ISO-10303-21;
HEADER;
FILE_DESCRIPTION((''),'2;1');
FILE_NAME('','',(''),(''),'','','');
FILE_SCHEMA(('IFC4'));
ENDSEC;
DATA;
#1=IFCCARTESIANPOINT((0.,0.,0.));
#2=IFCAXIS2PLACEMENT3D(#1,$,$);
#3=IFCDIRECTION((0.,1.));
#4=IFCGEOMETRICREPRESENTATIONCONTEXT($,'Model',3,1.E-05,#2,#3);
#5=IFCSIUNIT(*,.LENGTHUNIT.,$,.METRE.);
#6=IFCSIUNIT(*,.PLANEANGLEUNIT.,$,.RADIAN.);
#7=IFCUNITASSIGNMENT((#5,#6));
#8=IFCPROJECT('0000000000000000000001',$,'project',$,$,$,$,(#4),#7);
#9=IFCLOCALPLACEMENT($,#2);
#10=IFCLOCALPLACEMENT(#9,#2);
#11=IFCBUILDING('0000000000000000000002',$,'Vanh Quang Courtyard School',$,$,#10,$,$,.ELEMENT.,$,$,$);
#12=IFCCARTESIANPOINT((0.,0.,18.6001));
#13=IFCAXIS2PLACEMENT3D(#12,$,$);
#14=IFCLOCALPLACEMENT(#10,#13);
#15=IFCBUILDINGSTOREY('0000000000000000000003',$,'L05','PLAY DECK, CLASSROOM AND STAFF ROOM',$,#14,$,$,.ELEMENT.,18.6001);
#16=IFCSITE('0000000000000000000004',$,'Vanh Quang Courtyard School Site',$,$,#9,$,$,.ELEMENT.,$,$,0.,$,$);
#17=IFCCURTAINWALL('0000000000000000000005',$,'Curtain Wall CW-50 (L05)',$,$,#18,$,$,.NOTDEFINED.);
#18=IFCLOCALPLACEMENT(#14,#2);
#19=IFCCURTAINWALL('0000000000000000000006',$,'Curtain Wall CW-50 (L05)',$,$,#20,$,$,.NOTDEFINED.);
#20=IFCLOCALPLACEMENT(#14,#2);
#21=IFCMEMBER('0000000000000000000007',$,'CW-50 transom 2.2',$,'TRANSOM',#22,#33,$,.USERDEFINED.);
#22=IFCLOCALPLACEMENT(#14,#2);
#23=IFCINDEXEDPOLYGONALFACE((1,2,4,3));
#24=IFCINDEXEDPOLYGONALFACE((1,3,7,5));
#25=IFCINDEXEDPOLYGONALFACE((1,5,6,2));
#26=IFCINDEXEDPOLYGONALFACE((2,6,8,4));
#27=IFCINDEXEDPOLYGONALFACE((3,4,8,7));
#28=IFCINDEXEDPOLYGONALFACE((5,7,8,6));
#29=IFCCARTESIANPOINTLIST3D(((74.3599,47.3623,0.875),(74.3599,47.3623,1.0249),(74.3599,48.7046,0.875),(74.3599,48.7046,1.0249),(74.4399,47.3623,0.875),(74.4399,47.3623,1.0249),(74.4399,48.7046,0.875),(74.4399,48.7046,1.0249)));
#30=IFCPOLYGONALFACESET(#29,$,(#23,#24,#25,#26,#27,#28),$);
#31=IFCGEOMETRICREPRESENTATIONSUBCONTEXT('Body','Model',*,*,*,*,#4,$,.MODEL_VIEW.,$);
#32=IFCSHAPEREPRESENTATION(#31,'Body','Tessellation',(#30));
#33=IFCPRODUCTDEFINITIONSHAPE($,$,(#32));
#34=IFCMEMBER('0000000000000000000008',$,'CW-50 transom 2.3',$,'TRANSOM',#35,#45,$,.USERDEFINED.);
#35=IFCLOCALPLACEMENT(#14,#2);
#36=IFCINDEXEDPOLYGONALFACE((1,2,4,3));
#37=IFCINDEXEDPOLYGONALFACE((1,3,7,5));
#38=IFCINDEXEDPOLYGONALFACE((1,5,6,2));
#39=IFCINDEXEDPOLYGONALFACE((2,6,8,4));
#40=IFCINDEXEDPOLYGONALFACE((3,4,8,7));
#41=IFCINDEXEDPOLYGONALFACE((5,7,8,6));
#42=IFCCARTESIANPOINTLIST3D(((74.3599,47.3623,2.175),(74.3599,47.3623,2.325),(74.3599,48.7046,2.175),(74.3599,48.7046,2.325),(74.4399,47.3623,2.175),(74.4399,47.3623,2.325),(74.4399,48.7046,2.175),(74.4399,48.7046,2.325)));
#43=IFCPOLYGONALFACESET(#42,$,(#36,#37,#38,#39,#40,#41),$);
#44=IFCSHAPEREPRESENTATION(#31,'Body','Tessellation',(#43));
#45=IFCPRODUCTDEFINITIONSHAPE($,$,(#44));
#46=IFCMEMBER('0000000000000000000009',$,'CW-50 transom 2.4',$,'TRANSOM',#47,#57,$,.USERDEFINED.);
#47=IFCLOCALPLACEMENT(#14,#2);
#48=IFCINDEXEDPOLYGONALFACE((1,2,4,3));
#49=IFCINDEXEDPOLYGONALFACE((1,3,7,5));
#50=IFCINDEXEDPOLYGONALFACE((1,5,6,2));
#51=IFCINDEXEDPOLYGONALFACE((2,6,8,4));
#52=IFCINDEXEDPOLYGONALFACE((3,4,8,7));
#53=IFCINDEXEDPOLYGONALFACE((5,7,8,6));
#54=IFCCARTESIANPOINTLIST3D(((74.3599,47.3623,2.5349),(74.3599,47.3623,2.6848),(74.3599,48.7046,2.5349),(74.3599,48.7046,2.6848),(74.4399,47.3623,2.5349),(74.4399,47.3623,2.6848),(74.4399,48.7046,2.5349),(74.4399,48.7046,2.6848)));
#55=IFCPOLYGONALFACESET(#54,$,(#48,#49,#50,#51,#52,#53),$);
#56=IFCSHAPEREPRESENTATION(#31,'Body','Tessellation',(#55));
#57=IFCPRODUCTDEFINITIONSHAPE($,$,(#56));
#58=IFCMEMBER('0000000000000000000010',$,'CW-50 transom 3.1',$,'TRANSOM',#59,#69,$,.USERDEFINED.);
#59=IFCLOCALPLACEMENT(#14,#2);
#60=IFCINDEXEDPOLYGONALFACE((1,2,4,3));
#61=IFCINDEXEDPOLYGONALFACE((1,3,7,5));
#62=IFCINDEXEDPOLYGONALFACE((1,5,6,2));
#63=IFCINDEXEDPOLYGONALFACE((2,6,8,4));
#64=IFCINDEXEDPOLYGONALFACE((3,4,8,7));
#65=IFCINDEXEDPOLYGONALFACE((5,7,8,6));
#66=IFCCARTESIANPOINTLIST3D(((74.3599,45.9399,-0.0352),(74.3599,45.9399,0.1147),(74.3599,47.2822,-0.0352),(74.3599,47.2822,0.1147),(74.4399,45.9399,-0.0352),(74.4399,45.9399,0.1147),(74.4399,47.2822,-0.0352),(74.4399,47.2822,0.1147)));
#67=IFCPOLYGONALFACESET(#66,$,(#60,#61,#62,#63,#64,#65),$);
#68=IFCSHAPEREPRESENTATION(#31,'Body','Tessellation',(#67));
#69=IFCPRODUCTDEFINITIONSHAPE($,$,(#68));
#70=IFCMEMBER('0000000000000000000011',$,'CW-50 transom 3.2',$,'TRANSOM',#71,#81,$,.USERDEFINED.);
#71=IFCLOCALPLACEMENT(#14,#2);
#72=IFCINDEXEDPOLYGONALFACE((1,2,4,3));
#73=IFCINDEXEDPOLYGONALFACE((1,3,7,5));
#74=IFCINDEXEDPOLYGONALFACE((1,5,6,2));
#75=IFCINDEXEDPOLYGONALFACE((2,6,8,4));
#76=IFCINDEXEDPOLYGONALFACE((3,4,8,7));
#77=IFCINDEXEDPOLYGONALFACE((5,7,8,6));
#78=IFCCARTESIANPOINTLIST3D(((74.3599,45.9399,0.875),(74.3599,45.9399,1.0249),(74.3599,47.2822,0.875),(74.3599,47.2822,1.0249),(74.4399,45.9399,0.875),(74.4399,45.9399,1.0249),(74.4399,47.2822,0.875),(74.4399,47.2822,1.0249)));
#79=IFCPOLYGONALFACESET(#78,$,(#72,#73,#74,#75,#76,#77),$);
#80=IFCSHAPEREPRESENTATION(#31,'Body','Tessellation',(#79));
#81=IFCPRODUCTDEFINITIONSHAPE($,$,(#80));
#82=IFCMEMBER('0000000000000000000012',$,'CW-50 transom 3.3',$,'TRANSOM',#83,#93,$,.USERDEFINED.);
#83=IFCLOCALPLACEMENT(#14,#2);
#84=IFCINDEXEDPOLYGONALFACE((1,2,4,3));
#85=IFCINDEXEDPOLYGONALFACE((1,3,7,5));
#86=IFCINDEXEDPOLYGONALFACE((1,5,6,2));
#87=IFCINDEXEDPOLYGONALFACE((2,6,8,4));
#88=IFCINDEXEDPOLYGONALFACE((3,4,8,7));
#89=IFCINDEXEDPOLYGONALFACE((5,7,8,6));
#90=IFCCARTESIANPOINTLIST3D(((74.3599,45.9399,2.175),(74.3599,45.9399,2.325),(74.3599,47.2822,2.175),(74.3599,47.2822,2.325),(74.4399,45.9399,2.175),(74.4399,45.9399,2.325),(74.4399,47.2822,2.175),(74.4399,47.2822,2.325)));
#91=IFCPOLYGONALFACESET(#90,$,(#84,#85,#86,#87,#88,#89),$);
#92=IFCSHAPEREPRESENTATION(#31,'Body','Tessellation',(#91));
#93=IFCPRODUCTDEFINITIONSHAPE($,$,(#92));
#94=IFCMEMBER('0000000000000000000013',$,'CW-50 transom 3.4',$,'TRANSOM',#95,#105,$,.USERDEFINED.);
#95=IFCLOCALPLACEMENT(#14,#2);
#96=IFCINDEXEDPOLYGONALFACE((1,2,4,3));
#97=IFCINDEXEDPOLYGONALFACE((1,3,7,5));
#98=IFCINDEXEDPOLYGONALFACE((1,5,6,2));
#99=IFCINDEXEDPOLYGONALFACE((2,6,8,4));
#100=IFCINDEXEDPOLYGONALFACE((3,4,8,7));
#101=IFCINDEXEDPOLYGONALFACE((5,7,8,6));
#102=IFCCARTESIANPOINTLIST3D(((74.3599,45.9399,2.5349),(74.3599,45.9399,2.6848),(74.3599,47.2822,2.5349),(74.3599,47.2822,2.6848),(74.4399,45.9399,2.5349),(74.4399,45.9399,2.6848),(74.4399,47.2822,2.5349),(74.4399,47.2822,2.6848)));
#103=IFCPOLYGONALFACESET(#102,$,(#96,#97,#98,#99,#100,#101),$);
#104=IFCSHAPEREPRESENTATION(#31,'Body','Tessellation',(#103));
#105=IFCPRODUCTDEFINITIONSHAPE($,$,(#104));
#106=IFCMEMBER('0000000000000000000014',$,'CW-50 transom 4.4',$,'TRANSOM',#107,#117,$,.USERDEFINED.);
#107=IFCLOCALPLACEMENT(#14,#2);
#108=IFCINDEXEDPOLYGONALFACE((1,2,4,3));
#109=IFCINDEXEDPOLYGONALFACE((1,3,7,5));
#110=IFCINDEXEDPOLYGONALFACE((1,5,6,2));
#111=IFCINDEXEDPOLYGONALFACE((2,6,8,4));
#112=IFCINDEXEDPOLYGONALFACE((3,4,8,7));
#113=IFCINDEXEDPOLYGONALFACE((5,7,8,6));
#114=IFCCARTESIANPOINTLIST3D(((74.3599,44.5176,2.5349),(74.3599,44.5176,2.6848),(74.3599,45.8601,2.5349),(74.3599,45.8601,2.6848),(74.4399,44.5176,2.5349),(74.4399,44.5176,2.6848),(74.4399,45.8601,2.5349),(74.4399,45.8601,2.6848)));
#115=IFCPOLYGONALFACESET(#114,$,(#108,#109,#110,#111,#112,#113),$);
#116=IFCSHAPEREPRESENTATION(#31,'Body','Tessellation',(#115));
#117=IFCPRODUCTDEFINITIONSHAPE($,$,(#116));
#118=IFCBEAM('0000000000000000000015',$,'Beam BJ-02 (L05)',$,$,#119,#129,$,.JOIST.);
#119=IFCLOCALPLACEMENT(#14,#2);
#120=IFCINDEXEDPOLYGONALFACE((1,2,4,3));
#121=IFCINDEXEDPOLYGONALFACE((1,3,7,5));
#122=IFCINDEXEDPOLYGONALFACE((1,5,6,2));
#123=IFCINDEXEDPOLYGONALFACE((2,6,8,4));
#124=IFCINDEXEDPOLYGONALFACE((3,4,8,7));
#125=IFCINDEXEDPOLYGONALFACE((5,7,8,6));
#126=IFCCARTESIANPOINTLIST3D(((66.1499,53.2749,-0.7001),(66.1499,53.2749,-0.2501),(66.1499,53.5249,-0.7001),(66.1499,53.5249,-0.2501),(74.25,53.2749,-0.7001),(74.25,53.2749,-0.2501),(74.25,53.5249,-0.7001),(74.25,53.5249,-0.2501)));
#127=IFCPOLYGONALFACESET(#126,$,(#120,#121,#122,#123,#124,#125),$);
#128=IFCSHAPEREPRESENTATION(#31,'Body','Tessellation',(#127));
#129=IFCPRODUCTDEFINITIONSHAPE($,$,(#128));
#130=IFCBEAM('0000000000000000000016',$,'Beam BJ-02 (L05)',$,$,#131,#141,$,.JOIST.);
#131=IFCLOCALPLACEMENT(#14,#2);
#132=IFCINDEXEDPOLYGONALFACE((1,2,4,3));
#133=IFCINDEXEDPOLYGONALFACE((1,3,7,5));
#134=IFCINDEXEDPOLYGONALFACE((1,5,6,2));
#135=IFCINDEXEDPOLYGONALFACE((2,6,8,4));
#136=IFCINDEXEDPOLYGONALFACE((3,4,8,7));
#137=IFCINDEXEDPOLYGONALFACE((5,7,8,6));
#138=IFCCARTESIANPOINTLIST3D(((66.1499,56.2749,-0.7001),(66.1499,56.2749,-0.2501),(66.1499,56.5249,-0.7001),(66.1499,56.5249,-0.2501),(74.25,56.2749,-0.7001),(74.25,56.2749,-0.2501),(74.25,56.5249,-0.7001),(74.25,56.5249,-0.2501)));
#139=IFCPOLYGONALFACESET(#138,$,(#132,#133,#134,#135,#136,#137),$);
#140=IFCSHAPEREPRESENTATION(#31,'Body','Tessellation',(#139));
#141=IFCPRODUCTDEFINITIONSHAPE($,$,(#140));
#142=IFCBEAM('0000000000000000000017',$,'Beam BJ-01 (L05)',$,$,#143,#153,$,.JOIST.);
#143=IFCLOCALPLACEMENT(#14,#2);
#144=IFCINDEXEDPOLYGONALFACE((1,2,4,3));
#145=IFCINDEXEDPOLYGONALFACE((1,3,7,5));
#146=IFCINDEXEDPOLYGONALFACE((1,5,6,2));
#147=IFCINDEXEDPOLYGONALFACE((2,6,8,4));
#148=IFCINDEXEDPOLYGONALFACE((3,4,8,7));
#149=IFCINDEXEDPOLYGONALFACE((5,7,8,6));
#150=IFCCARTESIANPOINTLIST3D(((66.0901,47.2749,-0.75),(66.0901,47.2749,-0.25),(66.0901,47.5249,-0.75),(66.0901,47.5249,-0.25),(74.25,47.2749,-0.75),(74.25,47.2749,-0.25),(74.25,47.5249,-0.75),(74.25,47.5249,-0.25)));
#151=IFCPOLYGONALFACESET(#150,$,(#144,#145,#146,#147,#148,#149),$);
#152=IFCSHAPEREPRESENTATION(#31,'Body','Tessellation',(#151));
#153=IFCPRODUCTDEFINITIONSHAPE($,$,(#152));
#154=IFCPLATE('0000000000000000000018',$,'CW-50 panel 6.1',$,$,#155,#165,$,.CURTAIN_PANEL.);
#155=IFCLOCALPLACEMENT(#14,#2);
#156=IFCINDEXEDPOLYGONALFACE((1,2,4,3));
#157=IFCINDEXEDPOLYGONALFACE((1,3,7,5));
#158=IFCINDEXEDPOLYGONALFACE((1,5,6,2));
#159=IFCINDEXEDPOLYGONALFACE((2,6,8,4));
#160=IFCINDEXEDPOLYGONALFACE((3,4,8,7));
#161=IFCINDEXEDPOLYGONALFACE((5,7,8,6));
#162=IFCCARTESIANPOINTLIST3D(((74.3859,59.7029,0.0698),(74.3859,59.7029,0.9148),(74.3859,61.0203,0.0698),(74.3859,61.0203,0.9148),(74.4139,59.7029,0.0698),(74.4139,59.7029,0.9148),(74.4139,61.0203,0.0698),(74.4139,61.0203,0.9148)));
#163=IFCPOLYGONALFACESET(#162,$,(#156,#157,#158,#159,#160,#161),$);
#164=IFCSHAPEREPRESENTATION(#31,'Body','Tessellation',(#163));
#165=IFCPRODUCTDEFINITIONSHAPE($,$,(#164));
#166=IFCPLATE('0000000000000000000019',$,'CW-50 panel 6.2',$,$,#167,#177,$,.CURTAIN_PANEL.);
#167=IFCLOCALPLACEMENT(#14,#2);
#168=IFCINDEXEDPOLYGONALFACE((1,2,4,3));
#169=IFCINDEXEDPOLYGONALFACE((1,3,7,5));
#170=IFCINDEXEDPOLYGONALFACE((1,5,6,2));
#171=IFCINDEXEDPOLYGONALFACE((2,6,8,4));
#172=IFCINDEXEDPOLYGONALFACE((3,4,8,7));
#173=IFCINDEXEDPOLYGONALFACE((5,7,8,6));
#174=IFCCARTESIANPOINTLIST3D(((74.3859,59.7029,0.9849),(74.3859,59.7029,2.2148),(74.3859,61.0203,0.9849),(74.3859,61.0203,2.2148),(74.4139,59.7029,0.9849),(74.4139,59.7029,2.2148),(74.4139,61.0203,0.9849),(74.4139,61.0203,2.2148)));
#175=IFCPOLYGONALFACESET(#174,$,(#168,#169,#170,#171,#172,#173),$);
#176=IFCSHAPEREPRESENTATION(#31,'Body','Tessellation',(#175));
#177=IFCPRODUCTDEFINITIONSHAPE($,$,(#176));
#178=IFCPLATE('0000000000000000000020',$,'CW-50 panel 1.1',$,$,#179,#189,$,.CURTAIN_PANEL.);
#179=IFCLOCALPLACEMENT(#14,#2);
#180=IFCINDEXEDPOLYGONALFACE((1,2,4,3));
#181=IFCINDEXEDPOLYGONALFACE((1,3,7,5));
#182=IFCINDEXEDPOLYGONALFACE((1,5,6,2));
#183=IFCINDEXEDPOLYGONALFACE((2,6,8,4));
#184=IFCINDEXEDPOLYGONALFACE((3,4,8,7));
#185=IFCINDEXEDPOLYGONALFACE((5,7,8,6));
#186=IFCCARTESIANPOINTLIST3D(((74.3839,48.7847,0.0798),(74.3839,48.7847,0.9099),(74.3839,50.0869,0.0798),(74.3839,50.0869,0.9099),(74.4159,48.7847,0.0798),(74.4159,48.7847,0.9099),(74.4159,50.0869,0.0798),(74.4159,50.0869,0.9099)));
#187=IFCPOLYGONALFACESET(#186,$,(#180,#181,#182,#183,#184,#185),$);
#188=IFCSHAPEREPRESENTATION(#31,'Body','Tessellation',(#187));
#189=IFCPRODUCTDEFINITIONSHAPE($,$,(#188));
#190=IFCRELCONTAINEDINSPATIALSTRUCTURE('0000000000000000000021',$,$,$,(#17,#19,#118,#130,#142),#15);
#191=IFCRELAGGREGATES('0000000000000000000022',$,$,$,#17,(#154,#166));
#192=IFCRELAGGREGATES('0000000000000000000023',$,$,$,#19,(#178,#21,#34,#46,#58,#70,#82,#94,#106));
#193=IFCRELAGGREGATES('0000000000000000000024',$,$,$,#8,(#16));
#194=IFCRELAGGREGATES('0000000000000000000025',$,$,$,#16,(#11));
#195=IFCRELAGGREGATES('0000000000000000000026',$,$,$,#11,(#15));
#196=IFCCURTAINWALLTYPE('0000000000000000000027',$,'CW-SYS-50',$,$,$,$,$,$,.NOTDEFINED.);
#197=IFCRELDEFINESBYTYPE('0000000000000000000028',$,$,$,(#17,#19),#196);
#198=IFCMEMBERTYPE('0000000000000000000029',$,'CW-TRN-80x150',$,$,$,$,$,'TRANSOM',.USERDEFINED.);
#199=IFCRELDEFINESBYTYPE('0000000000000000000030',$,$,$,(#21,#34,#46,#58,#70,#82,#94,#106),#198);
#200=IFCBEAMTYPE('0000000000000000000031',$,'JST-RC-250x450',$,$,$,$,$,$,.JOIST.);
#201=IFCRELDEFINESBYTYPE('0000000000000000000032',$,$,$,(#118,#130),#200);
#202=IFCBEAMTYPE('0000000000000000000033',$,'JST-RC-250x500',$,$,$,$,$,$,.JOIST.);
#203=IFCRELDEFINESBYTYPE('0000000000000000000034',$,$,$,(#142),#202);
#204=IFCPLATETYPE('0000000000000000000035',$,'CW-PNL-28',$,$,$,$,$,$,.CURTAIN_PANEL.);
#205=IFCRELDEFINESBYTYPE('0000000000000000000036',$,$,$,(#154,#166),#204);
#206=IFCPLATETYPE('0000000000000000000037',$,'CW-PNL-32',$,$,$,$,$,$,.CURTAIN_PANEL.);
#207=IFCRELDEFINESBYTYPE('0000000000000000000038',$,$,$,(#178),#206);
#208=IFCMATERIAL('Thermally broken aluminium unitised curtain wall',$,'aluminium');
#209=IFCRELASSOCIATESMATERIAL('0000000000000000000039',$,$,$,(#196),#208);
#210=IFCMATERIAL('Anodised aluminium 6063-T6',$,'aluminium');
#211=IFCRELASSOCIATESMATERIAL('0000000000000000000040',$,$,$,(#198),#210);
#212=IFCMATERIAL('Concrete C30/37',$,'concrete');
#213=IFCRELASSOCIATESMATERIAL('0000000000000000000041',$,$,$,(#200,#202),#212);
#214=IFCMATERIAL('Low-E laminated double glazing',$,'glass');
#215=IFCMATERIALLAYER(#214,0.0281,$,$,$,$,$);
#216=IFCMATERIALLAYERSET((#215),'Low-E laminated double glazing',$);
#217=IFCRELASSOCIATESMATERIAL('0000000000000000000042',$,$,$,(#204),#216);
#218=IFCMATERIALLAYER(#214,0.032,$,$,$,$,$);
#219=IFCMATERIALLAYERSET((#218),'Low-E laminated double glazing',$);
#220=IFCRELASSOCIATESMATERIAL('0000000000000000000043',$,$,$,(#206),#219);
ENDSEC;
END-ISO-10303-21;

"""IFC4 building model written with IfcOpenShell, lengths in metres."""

from ifc_helpers import new_model, si_unit, direction, frame, origin, origin_2d, place, context, subcontext, project, spatial, rectangle, extrude, material, layer, layer_set, material_profile, profile_set, type_object, element, aggregate, save


model = new_model("IFC4")

# Units and contexts
model_context = context("Model", 3, precision=1e-05, world=origin(), true_north=direction((0.0, 1.0)))
body_context = subcontext(model_context, "Body", "Model", "MODEL_VIEW")
ifc_project = project(units=[si_unit("LENGTHUNIT", "METRE"), si_unit("PLANEANGLEUNIT", "RADIAN")], contexts=[model_context])

# Site, building, storey
site_placement = place(None, origin())
site = spatial("IfcSite", under=ifc_project, at=site_placement, Name="Vanh Quang Courtyard School Site", CompositionType="ELEMENT", RefElevation=0.0)
building_placement = place(site_placement, origin())
building = spatial("IfcBuilding", under=site, at=building_placement, Name="Vanh Quang Courtyard School", CompositionType="ELEMENT")
storey_placement = place(building_placement, frame((0.0, 0.0, 18.6001)))
storey = spatial("IfcBuildingStorey", under=building, at=storey_placement, Name="L05", Description="PLAY DECK, CLASSROOM AND STAFF ROOM", CompositionType="ELEMENT", Elevation=18.6001)

# Curtain wall
ifc_material_1 = material(Name="Thermally broken aluminium unitised curtain wall", Category="aluminium")
curtain_wall_type = type_object("IfcCurtainWallType", Name="CW-SYS-50", PredefinedType="NOTDEFINED", material=ifc_material_1)
curtain_wall_1_placement = place(storey_placement, origin())
curtain_wall_1 = element("IfcCurtainWall", 1, at=curtain_wall_1_placement, inside=storey, type_object=curtain_wall_type, Name="Curtain Wall CW-50 (L05)", PredefinedType="NOTDEFINED")
ifc_material_2 = material(Name="Anodised aluminium 6063-T6", Category="aluminium")

# Curtain wall, members
curtain_wall_2_placement = place(storey_placement, origin())
curtain_wall_2 = element("IfcCurtainWall", 2, at=curtain_wall_2_placement, inside=storey, type_object=curtain_wall_type, Name="Curtain Wall CW-50 (L05)", PredefinedType="NOTDEFINED")
ifc_material_profile_1 = material_profile(ifc_material_2, rectangle(XDim=0.0801, YDim=0.1499, at=origin_2d()), Name="ALU-TRN 80x150")
ifc_profile_set_1 = profile_set([ifc_material_profile_1], Name="Anodised aluminium 6063-T6")
member_type_1 = type_object("IfcMemberType", Name="CW-TRN-80x150", ElementType="TRANSOM", PredefinedType="USERDEFINED", material=ifc_profile_set_1)
member_1_placement = place(storey_placement, frame((74.3999, 48.7046, 0.95), z_axis=(0.0, -1.0, 0.0), x_axis=(1.0, 0.0, 0.0)))
member_1 = element("IfcMember", 3, at=member_1_placement, type_object=member_type_1, Name="CW-50 transom 2.2", ObjectType="TRANSOM", PredefinedType="USERDEFINED", context=body_context, shape_type="SweptSolid", body=[
    extrude(rectangle(XDim=0.0801, YDim=0.1499, at=origin_2d()), origin(), (0.0, 0.0, 1.0), 1.3423),
])
member_2_placement = place(storey_placement, frame((74.3999, 48.7046, 2.25), z_axis=(0.0, -1.0, 0.0), x_axis=(1.0, 0.0, 0.0)))
member_2 = element("IfcMember", 4, at=member_2_placement, type_object=member_type_1, Name="CW-50 transom 2.3", ObjectType="TRANSOM", PredefinedType="USERDEFINED", context=body_context, shape_type="SweptSolid", body=[
    extrude(rectangle(XDim=0.0801, YDim=0.1499, at=origin_2d()), origin(), (0.0, 0.0, 1.0), 1.3423),
])
member_3_placement = place(storey_placement, frame((74.3999, 48.7046, 2.6099), z_axis=(0.0, -1.0, 0.0), x_axis=(1.0, 0.0, 0.0)))
member_3 = element("IfcMember", 5, at=member_3_placement, type_object=member_type_1, Name="CW-50 transom 2.4", ObjectType="TRANSOM", PredefinedType="USERDEFINED", context=body_context, shape_type="SweptSolid", body=[
    extrude(rectangle(XDim=0.0801, YDim=0.1499, at=origin_2d()), origin(), (0.0, 0.0, 1.0), 1.3423),
])
member_4_placement = place(storey_placement, frame((74.3999, 47.2822, 0.0398), z_axis=(0.0, -1.0, 0.0), x_axis=(1.0, 0.0, 0.0)))
member_4 = element("IfcMember", 6, at=member_4_placement, type_object=member_type_1, Name="CW-50 transom 3.1", ObjectType="TRANSOM", PredefinedType="USERDEFINED", context=body_context, shape_type="SweptSolid", body=[
    extrude(rectangle(XDim=0.0801, YDim=0.1499, at=origin_2d()), origin(), (0.0, 0.0, 1.0), 1.3423),
])
member_5_placement = place(storey_placement, frame((74.3999, 47.2822, 0.95), z_axis=(0.0, -1.0, 0.0), x_axis=(1.0, 0.0, 0.0)))
member_5 = element("IfcMember", 7, at=member_5_placement, type_object=member_type_1, Name="CW-50 transom 3.2", ObjectType="TRANSOM", PredefinedType="USERDEFINED", context=body_context, shape_type="SweptSolid", body=[
    extrude(rectangle(XDim=0.0801, YDim=0.1499, at=origin_2d()), origin(), (0.0, 0.0, 1.0), 1.3423),
])
member_6_placement = place(storey_placement, frame((74.3999, 47.2822, 2.25), z_axis=(0.0, -1.0, 0.0), x_axis=(1.0, 0.0, 0.0)))
member_6 = element("IfcMember", 8, at=member_6_placement, type_object=member_type_1, Name="CW-50 transom 3.3", ObjectType="TRANSOM", PredefinedType="USERDEFINED", context=body_context, shape_type="SweptSolid", body=[
    extrude(rectangle(XDim=0.0801, YDim=0.1499, at=origin_2d()), origin(), (0.0, 0.0, 1.0), 1.3423),
])
member_7_placement = place(storey_placement, frame((74.3999, 47.2822, 2.6099), z_axis=(0.0, -1.0, 0.0), x_axis=(1.0, 0.0, 0.0)))
member_7 = element("IfcMember", 9, at=member_7_placement, type_object=member_type_1, Name="CW-50 transom 3.4", ObjectType="TRANSOM", PredefinedType="USERDEFINED", context=body_context, shape_type="SweptSolid", body=[
    extrude(rectangle(XDim=0.0801, YDim=0.1499, at=origin_2d()), origin(), (0.0, 0.0, 1.0), 1.3423),
])
member_8_placement = place(storey_placement, frame((74.3999, 45.8601, 2.6099), z_axis=(0.0, -1.0, 0.0), x_axis=(1.0, 0.0, 0.0)))
member_8 = element("IfcMember", 10, at=member_8_placement, type_object=member_type_1, Name="CW-50 transom 4.4", ObjectType="TRANSOM", PredefinedType="USERDEFINED", context=body_context, shape_type="SweptSolid", body=[
    extrude(rectangle(XDim=0.0801, YDim=0.1499, at=origin_2d()), origin(), (0.0, 0.0, 1.0), 1.3425),
])

# Beams
ifc_material_3 = material(Name="Concrete C30/37", Category="concrete")
ifc_material_profile_2 = material_profile(ifc_material_3, rectangle(XDim=0.25, YDim=0.45, at=origin_2d()), Name="RC-JST 250x450")
ifc_profile_set_2 = profile_set([ifc_material_profile_2], Name="Concrete C30/37")
beam_type_1 = type_object("IfcBeamType", Name="JST-RC-250x450", PredefinedType="JOIST", material=ifc_profile_set_2)
for number, where, z_axis, x_axis, name in (
    (11, (66.1499, 53.3999, -0.4751), (1.0, 0.0, 0.0), (0.0, 1.0, 0.0), "Beam BJ-02 (L05)"),
    (12, (66.1499, 56.3999, -0.4751), (1.0, 0.0, 0.0), (0.0, 1.0, 0.0), "Beam BJ-02 (L05)"),
):
    element("IfcBeam", number, at=place(storey_placement, frame(where, z_axis=z_axis, x_axis=x_axis)), inside=storey, type_object=beam_type_1, Name=name, PredefinedType="JOIST", context=body_context, shape_type="SweptSolid", body=[
        extrude(rectangle(XDim=0.25, YDim=0.45, at=origin_2d()), origin(), (0.0, 0.0, 1.0), 8.1001),
    ])
ifc_material_profile_3 = material_profile(ifc_material_3, rectangle(XDim=0.25, YDim=0.5, at=origin_2d()), Name="RC-JST 250x500")
ifc_profile_set_3 = profile_set([ifc_material_profile_3], Name="Concrete C30/37")
beam_type_2 = type_object("IfcBeamType", Name="JST-RC-250x500", PredefinedType="JOIST", material=ifc_profile_set_3)
beam_placement = place(storey_placement, frame((66.0901, 47.3999, -0.5), z_axis=(1.0, 0.0, 0.0), x_axis=(0.0, 1.0, 0.0)))
element("IfcBeam", 13, at=beam_placement, inside=storey, type_object=beam_type_2, Name="Beam BJ-01 (L05)", PredefinedType="JOIST", context=body_context, shape_type="SweptSolid", body=[
    extrude(rectangle(XDim=0.25, YDim=0.5, at=origin_2d()), origin(), (0.0, 0.0, 1.0), 8.1599),
])

# Plates
ifc_material_4 = material(Name="Low-E laminated double glazing", Category="glass")
ifc_layer_1 = layer(ifc_material_4, 0.0281)
ifc_layer_set_1 = layer_set([ifc_layer_1], Name="Low-E laminated double glazing")
plate_type_1 = type_object("IfcPlateType", Name="CW-PNL-28", PredefinedType="CURTAIN_PANEL", material=ifc_layer_set_1)
plate_1_placement = place(storey_placement, frame((74.3999, 60.3616, 0.0698), z_axis=(0.0, 0.0, 1.0), x_axis=(0.0, -1.0, 0.0)))
plate_1 = element("IfcPlate", 14, at=plate_1_placement, type_object=plate_type_1, Name="CW-50 panel 6.1", PredefinedType="CURTAIN_PANEL", context=body_context, shape_type="SweptSolid", body=[
    extrude(rectangle(XDim=1.3174, YDim=0.0281, at=origin_2d()), origin(), (0.0, 0.0, 1.0), 0.845),
])
plate_2_placement = place(storey_placement, frame((74.3999, 60.3616, 0.9849), z_axis=(0.0, 0.0, 1.0), x_axis=(0.0, -1.0, 0.0)))
plate_2 = element("IfcPlate", 15, at=plate_2_placement, type_object=plate_type_1, Name="CW-50 panel 6.2", PredefinedType="CURTAIN_PANEL", context=body_context, shape_type="SweptSolid", body=[
    extrude(rectangle(XDim=1.3174, YDim=0.0281, at=origin_2d()), origin(), (0.0, 0.0, 1.0), 1.23),
])
aggregate(curtain_wall_1, [plate_1, plate_2])
ifc_layer_2 = layer(ifc_material_4, 0.032)
ifc_layer_set_2 = layer_set([ifc_layer_2], Name="Low-E laminated double glazing")
plate_type_2 = type_object("IfcPlateType", Name="CW-PNL-32", PredefinedType="CURTAIN_PANEL", material=ifc_layer_set_2)
plate_3_placement = place(storey_placement, frame((74.3999, 49.4358, 0.0798), z_axis=(0.0, 0.0, 1.0), x_axis=(0.0, -1.0, 0.0)))
plate_3 = element("IfcPlate", 16, at=plate_3_placement, type_object=plate_type_2, Name="CW-50 panel 1.1", PredefinedType="CURTAIN_PANEL", context=body_context, shape_type="SweptSolid", body=[
    extrude(rectangle(XDim=1.3022, YDim=0.032, at=origin_2d()), origin(), (0.0, 0.0, 1.0), 0.8301),
])
aggregate(curtain_wall_2, [plate_3, member_1, member_2, member_3, member_4, member_5, member_6, member_7, member_8])

save(model, "model.ifc")
